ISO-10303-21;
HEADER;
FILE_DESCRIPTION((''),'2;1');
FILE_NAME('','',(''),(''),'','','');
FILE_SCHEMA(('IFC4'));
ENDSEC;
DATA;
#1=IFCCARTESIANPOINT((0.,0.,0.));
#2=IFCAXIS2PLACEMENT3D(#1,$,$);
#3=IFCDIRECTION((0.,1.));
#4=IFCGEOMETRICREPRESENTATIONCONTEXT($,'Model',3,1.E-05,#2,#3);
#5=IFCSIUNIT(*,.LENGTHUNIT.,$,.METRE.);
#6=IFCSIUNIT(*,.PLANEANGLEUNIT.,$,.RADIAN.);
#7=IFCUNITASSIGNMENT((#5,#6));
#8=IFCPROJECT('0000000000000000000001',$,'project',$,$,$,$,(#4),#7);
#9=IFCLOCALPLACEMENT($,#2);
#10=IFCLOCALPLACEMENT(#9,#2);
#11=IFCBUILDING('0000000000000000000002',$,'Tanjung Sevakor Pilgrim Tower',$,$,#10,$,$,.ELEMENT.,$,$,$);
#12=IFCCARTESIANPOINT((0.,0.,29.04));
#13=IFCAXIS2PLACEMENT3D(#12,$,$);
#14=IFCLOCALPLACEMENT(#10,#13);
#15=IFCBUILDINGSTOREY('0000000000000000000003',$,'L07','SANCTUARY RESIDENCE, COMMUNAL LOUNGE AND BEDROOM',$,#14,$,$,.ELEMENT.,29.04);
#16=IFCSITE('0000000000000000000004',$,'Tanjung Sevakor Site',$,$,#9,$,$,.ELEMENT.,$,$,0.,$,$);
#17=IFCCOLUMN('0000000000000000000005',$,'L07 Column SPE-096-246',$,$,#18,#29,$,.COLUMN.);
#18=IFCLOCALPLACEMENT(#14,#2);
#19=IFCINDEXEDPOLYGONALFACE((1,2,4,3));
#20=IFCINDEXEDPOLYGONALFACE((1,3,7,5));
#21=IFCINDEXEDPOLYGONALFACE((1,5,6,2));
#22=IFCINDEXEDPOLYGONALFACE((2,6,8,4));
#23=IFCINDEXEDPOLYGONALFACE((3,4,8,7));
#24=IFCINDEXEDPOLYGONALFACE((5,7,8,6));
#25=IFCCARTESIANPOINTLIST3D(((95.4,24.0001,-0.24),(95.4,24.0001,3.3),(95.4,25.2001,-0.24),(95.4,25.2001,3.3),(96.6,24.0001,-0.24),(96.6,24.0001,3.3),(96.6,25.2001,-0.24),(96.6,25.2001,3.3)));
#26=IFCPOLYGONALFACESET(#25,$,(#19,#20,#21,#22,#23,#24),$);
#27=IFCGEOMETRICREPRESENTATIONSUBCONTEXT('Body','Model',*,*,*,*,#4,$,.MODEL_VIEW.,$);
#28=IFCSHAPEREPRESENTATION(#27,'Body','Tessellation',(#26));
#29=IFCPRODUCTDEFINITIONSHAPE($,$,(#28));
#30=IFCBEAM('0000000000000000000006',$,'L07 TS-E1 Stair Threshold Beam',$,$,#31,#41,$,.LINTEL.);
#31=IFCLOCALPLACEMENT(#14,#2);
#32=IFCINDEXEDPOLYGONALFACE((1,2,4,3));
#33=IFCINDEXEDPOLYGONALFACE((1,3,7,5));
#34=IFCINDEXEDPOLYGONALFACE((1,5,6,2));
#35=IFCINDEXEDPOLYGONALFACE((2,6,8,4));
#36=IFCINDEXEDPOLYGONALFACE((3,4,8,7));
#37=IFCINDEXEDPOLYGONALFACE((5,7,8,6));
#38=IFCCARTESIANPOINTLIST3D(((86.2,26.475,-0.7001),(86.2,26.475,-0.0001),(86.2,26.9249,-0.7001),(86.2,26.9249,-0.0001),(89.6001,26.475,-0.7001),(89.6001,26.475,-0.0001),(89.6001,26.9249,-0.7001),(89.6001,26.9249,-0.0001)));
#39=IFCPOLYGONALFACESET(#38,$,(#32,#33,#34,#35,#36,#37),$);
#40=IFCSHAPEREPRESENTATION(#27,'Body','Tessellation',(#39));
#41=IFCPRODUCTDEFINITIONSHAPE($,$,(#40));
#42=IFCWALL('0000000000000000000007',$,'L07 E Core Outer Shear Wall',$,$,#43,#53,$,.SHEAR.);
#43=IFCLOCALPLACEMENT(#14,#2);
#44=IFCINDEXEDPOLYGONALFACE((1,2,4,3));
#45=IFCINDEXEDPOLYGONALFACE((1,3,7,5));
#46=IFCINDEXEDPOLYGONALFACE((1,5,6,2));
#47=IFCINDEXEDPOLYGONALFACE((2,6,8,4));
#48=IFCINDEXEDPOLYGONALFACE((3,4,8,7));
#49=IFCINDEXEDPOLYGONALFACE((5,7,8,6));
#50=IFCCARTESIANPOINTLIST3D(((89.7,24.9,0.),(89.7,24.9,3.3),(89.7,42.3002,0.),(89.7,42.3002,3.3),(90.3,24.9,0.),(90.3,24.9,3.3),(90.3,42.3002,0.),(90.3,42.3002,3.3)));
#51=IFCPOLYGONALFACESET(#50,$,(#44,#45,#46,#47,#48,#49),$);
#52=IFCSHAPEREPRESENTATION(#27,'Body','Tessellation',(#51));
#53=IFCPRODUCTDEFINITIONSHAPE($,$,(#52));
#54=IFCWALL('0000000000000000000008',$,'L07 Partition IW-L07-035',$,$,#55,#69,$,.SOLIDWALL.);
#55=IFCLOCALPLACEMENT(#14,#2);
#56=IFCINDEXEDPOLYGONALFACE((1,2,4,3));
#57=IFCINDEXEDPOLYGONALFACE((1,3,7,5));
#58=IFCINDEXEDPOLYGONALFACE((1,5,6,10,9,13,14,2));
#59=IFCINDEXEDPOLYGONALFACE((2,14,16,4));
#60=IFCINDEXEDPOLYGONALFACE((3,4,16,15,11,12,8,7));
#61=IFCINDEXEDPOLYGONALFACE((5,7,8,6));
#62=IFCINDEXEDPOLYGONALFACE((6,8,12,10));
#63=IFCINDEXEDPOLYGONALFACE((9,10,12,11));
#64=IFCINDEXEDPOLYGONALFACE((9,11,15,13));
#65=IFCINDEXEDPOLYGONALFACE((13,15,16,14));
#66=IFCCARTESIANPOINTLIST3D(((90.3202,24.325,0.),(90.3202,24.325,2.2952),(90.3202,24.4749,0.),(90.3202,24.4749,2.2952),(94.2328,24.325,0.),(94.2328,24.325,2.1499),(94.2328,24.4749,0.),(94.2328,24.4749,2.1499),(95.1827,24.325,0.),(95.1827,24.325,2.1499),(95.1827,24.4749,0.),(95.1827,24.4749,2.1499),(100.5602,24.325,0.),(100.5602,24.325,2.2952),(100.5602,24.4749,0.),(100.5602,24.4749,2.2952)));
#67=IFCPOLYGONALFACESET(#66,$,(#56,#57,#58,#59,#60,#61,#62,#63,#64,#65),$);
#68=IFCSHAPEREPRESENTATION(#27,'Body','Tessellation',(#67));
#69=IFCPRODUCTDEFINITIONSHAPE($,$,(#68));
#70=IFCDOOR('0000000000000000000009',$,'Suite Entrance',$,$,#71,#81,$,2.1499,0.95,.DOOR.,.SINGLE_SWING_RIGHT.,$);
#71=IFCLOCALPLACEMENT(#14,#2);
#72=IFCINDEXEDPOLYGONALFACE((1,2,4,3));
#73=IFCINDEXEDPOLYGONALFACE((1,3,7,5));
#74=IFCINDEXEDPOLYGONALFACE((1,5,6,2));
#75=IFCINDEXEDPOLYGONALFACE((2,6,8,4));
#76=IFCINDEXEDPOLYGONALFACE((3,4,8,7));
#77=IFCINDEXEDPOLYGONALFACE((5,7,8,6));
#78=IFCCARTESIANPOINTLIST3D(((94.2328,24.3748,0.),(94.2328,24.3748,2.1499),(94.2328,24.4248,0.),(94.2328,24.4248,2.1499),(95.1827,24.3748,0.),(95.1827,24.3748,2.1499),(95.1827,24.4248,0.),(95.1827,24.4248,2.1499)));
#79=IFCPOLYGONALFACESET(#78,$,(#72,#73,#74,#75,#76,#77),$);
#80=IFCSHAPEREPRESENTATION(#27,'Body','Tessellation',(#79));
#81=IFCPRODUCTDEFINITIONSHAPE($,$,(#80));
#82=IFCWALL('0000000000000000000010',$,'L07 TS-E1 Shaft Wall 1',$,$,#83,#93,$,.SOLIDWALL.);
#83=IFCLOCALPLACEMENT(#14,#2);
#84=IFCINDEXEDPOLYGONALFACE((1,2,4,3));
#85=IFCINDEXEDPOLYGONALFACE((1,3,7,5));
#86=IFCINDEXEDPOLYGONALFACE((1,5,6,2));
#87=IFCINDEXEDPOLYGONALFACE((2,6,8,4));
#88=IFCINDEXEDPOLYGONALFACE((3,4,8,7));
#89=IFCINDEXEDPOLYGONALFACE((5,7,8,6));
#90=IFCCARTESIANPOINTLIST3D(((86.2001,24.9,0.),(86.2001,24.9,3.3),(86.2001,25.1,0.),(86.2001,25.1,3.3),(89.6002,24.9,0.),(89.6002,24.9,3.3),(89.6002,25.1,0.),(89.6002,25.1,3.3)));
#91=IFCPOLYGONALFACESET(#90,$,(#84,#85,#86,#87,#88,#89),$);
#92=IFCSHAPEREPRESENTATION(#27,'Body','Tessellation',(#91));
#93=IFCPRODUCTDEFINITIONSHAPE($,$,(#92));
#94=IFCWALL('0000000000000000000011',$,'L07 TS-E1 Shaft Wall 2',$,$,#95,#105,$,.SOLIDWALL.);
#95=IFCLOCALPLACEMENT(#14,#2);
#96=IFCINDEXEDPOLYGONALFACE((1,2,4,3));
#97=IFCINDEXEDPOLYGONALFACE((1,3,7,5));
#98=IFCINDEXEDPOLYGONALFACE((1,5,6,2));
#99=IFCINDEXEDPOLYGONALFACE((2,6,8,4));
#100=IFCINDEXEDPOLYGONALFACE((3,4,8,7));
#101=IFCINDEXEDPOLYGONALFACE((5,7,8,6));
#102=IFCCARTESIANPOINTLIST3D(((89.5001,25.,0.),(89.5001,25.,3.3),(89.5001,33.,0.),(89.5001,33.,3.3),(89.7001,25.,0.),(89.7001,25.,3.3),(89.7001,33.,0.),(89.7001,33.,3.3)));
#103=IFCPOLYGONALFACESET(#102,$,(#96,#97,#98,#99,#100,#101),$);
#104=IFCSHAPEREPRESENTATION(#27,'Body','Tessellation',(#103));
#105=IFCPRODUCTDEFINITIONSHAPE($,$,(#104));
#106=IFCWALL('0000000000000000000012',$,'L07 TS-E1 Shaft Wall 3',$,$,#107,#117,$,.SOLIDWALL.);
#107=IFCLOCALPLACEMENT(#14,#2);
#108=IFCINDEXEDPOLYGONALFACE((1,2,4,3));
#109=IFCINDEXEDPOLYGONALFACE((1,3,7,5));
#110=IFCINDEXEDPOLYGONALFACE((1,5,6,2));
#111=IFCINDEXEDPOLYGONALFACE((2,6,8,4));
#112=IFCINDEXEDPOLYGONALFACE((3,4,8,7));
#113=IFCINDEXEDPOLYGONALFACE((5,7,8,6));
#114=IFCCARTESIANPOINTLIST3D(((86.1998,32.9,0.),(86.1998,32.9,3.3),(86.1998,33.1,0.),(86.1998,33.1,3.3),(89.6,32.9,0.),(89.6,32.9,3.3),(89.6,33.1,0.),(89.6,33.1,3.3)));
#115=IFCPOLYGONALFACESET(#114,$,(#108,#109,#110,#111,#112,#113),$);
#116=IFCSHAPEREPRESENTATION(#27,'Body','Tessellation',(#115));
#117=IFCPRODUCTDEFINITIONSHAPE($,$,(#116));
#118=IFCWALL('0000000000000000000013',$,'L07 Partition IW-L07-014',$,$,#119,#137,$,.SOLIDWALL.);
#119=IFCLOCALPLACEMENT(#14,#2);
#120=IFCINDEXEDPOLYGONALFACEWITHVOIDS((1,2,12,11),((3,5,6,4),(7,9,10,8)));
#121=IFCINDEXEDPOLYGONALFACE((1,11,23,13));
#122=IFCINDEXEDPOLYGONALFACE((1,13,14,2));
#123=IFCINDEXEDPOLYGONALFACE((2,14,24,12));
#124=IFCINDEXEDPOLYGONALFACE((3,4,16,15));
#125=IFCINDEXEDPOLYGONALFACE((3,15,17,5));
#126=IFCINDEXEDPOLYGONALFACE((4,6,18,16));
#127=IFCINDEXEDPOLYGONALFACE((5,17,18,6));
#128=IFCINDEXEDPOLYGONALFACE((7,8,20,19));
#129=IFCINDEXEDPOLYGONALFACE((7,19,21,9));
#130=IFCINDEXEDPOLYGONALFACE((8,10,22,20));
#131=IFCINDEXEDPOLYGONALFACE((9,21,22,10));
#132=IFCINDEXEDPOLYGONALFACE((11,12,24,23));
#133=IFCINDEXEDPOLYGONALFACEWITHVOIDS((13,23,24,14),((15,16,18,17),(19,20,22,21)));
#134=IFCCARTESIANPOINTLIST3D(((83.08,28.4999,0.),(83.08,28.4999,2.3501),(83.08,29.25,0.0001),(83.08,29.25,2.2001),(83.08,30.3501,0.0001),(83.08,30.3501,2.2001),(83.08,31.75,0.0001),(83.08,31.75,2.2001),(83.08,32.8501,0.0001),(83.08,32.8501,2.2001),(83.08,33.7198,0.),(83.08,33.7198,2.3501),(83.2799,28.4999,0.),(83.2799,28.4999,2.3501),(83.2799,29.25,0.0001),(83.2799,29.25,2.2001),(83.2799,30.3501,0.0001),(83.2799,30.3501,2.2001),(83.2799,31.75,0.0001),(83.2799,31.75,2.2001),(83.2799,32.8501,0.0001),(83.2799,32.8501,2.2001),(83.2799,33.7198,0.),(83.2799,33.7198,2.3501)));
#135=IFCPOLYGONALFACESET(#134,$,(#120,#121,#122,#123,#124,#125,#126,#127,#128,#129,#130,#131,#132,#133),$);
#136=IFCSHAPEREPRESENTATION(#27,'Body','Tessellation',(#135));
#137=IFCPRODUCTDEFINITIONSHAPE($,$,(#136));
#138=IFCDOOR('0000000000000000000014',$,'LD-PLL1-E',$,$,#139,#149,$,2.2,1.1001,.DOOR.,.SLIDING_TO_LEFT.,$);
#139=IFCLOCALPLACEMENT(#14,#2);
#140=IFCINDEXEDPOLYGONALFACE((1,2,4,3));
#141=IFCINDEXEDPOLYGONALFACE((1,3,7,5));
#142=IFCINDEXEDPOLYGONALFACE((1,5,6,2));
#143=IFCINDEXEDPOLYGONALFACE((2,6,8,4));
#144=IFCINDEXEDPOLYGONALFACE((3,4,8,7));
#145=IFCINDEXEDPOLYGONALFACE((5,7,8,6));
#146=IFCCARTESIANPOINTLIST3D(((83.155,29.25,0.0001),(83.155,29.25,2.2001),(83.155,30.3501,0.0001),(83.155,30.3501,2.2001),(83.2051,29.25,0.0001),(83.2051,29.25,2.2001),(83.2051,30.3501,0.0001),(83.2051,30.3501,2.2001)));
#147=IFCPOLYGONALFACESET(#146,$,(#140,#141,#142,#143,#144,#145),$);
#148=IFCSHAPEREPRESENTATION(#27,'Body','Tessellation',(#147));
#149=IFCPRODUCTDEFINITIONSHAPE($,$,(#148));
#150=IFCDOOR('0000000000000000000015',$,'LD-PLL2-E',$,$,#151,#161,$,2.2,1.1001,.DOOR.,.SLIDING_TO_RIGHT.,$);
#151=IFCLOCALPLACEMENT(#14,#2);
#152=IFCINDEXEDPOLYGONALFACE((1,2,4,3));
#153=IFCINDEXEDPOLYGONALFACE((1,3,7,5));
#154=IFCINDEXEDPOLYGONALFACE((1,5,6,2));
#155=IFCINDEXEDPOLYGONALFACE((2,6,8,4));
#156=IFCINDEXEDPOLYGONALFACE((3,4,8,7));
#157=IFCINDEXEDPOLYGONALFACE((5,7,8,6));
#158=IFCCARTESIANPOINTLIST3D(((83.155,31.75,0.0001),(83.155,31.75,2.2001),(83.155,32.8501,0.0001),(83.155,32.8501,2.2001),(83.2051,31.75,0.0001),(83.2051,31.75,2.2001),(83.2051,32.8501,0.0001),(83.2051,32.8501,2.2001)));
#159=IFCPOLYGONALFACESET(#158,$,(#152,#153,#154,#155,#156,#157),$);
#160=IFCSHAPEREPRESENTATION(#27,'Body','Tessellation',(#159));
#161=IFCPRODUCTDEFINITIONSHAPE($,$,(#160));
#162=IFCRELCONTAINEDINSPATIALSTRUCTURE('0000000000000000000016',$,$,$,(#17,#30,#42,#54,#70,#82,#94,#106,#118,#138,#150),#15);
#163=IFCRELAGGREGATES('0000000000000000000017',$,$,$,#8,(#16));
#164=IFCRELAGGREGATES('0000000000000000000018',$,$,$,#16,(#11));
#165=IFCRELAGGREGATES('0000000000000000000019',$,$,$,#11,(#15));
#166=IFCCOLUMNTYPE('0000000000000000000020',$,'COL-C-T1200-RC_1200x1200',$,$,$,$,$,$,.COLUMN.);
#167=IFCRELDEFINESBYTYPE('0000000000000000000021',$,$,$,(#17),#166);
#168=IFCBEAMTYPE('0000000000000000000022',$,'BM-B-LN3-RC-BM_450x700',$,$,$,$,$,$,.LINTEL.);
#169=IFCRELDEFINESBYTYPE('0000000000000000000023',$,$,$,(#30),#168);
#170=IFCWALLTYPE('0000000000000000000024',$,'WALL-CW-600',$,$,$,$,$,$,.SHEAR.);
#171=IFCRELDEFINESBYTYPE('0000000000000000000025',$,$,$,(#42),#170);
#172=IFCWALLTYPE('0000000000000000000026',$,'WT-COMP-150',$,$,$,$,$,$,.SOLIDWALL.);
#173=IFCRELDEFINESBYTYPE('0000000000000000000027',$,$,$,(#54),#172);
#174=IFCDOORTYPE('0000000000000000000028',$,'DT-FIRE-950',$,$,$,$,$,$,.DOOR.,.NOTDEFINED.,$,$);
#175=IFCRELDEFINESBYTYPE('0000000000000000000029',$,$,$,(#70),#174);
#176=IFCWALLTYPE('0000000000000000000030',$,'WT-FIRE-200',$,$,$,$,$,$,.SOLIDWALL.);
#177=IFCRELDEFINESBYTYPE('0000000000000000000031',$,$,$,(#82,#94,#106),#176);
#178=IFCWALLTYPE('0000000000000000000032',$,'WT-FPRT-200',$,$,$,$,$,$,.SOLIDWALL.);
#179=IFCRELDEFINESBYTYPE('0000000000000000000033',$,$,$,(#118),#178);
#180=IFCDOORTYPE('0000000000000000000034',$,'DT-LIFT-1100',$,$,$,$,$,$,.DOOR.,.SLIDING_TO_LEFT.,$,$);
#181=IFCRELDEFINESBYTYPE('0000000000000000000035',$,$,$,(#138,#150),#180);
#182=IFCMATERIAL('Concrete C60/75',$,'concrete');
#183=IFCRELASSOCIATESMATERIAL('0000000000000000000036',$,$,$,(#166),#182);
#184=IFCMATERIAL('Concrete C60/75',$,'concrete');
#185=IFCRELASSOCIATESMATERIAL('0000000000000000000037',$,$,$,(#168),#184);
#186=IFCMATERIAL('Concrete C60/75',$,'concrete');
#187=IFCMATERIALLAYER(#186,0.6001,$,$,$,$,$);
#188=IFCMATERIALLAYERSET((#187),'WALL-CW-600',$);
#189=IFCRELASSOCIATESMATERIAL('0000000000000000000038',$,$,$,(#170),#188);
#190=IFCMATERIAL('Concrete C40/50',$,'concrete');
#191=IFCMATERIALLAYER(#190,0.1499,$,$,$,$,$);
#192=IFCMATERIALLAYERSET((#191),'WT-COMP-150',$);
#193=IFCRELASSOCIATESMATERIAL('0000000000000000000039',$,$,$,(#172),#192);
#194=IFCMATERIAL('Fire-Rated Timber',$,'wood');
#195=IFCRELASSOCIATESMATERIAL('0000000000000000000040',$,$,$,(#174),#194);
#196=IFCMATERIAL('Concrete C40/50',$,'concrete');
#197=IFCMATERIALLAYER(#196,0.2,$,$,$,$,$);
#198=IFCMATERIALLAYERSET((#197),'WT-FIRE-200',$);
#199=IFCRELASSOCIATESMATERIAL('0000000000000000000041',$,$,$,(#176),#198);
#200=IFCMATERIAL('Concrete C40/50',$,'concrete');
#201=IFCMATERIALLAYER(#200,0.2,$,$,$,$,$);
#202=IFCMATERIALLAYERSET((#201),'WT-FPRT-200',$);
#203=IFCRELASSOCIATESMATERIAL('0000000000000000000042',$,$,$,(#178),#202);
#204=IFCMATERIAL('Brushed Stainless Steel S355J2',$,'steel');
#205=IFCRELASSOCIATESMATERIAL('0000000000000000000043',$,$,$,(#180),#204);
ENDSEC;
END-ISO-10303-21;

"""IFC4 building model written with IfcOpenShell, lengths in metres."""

from ifc_helpers import new_model, si_unit, direction, frame, frame_2d, origin, origin_2d, place, context, subcontext, project, spatial, rectangle, extrude, material, layer, layer_set, material_profile, profile_set, type_object, element, fill, save


model = new_model("IFC4")

# Units and contexts
model_context = context("Model", 3, precision=1e-05, world=origin(), true_north=direction((0.0, 1.0)))
body_context = subcontext(model_context, "Body", "Model", "MODEL_VIEW")
ifc_project = project(units=[si_unit("LENGTHUNIT", "METRE"), si_unit("PLANEANGLEUNIT", "RADIAN")], contexts=[model_context])

# Site, building, storey
site_placement = place(None, origin())
site = spatial("IfcSite", under=ifc_project, at=site_placement, Name="Tanjung Sevakor Site", CompositionType="ELEMENT", RefElevation=0.0)
building_placement = place(site_placement, origin())
building = spatial("IfcBuilding", under=site, at=building_placement, Name="Tanjung Sevakor Pilgrim Tower", CompositionType="ELEMENT")
storey_placement = place(building_placement, frame((0.0, 0.0, 29.04)))
storey = spatial("IfcBuildingStorey", under=building, at=storey_placement, Name="L07", Description="SANCTUARY RESIDENCE, COMMUNAL LOUNGE AND BEDROOM", CompositionType="ELEMENT", Elevation=29.04)

# Column
ifc_material_1 = material(Name="Concrete C60/75", Category="concrete")
ifc_material_profile_1 = material_profile(ifc_material_1, rectangle(XDim=1.2, YDim=1.2, at=origin_2d()))
ifc_profile_set_1 = profile_set([ifc_material_profile_1], Name="Concrete C60/75")
column_type = type_object("IfcColumnType", Name="COL-C-T1200-RC_1200x1200", PredefinedType="COLUMN", material=ifc_profile_set_1)
column_placement = place(storey_placement, frame((96.0, 24.6001, -0.24), z_axis=(0.0, 0.0, 1.0), x_axis=(1.0, 0.0, 0.0)))
element("IfcColumn", 1, at=column_placement, inside=storey, type_object=column_type, Name="L07 Column SPE-096-246", PredefinedType="COLUMN", context=body_context, shape_type="SweptSolid", body=[
    extrude(rectangle(XDim=1.2, YDim=1.2, at=origin_2d()), origin(), (0.0, 0.0, 1.0), 3.54),
])

# Beam
ifc_material_2 = material(Name="Concrete C60/75", Category="concrete")
ifc_material_profile_2 = material_profile(ifc_material_2, rectangle(XDim=0.45, YDim=0.7, at=origin_2d()))
ifc_profile_set_2 = profile_set([ifc_material_profile_2], Name="Concrete C60/75")
beam_type = type_object("IfcBeamType", Name="BM-B-LN3-RC-BM_450x700", PredefinedType="LINTEL", material=ifc_profile_set_2)
beam_placement = place(storey_placement, frame((86.2, 26.7, -0.3501), z_axis=(1.0, 0.0, 0.0), x_axis=(0.0, 1.0, 0.0)))
element("IfcBeam", 2, at=beam_placement, inside=storey, type_object=beam_type, Name="L07 TS-E1 Stair Threshold Beam", PredefinedType="LINTEL", context=body_context, shape_type="SweptSolid", body=[
    extrude(rectangle(XDim=0.45, YDim=0.7, at=origin_2d()), origin(), (0.0, 0.0, 1.0), 3.4001),
])

# Wall
ifc_material_3 = material(Name="Concrete C60/75", Category="concrete")
ifc_layer_1 = layer(ifc_material_3, 0.6001)
ifc_layer_set_1 = layer_set([ifc_layer_1], Name="WALL-CW-600")
wall_type_1 = type_object("IfcWallType", Name="WALL-CW-600", PredefinedType="SHEAR", material=ifc_layer_set_1)
wall_1_placement = place(storey_placement, frame((90.0, 24.8999, 0.0), z_axis=(0.0, 0.0, 1.0), x_axis=(0.0, 1.0, 0.0)))
element("IfcWall", 3, at=wall_1_placement, inside=storey, type_object=wall_type_1, Name="L07 E Core Outer Shear Wall", PredefinedType="SHEAR", context=body_context, shape_type="SweptSolid", body=[
    extrude(rectangle(XDim=17.4001, YDim=0.6001, at=frame_2d((8.7002, 0.0))), origin(), (0.0, 0.0, 1.0), 3.3),
])

# Wall, opening, door
ifc_material_4 = material(Name="Concrete C40/50", Category="concrete")
ifc_layer_2 = layer(ifc_material_4, 0.1499)
ifc_layer_set_2 = layer_set([ifc_layer_2], Name="WT-COMP-150")
wall_type_2 = type_object("IfcWallType", Name="WT-COMP-150", PredefinedType="SOLIDWALL", material=ifc_layer_set_2)
wall_2_placement = place(storey_placement, frame((90.3201, 24.3999, 0.0), z_axis=(0.0, 0.0, 1.0), x_axis=(1.0, 0.0, 0.0)))
wall_2 = element("IfcWall", 4, at=wall_2_placement, inside=storey, type_object=wall_type_2, Name="L07 Partition IW-L07-035", PredefinedType="SOLIDWALL", context=body_context, shape_type="SweptSolid", body=[
    extrude(rectangle(XDim=10.24, YDim=0.1499, at=frame_2d((5.1201, 0.0))), origin(), (0.0, 0.0, 1.0), 2.2952),
])
opening_1_placement = place(wall_2_placement, frame((3.9126, 0.0, 0.0)))
opening_1 = element("IfcOpeningElement", 5, at=opening_1_placement, cuts=wall_2, PredefinedType="OPENING", context=body_context, shape_type="SweptSolid", body=[
    extrude(rectangle(XDim=0.95, YDim=2.1499, at=frame_2d((0.4751, 1.075))), frame((0.0, 0.085, 0.0), z_axis=(0.0, -1.0, 0.0), x_axis=(1.0, 0.0, 0.0)), (0.0, 0.0, 1.0), 0.1699),
])
ifc_material_5 = material(Name="Fire-Rated Timber", Category="wood")
door_type_1 = type_object("IfcDoorType", Name="DT-FIRE-950", OperationType="NOTDEFINED", PredefinedType="DOOR", material=ifc_material_5)
door_1_placement = place(opening_1_placement, origin())
door_1 = element("IfcDoor", 6, at=door_1_placement, inside=storey, type_object=door_type_1, Name="Suite Entrance", OperationType="SINGLE_SWING_RIGHT", OverallHeight=2.1499, OverallWidth=0.95, PredefinedType="DOOR", context=body_context, shape_type="SweptSolid", body=[
    extrude(rectangle(XDim=0.95, YDim=2.1499, at=frame_2d((0.4751, 1.075))), frame((0.0, 0.0249, 0.0), z_axis=(0.0, -1.0, 0.0), x_axis=(1.0, 0.0, 0.0)), (0.0, 0.0, 1.0), 0.05),
])
fill(opening_1, door_1)

# Walls
ifc_material_6 = material(Name="Concrete C40/50", Category="concrete")
ifc_layer_3 = layer(ifc_material_6, 0.2)
ifc_layer_set_3 = layer_set([ifc_layer_3], Name="WT-FIRE-200")
wall_type_3 = type_object("IfcWallType", Name="WT-FIRE-200", PredefinedType="SOLIDWALL", material=ifc_layer_set_3)
wall_3_placement = place(storey_placement, frame((86.2, 25.0, 0.0), z_axis=(0.0, 0.0, 1.0), x_axis=(1.0, 0.0, 0.0)))
element("IfcWall", 7, at=wall_3_placement, inside=storey, type_object=wall_type_3, Name="L07 TS-E1 Shaft Wall 1", PredefinedType="SOLIDWALL", context=body_context, shape_type="SweptSolid", body=[
    extrude(rectangle(XDim=3.4001, YDim=0.2, at=frame_2d((1.7002, 0.0))), origin(), (0.0, 0.0, 1.0), 3.3),
])
wall_4_placement = place(storey_placement, frame((89.6001, 25.0, 0.0), z_axis=(0.0, 0.0, 1.0), x_axis=(0.0, 1.0, 0.0)))
element("IfcWall", 8, at=wall_4_placement, inside=storey, type_object=wall_type_3, Name="L07 TS-E1 Shaft Wall 2", PredefinedType="SOLIDWALL", context=body_context, shape_type="SweptSolid", body=[
    extrude(rectangle(XDim=8.0, YDim=0.2, at=frame_2d((4.0, 0.0))), origin(), (0.0, 0.0, 1.0), 3.3),
])
wall_5_placement = place(storey_placement, frame((89.6001, 33.0, 0.0), z_axis=(0.0, 0.0, 1.0), x_axis=(-1.0, 0.0, 0.0)))
element("IfcWall", 9, at=wall_5_placement, inside=storey, type_object=wall_type_3, Name="L07 TS-E1 Shaft Wall 3", PredefinedType="SOLIDWALL", context=body_context, shape_type="SweptSolid", body=[
    extrude(rectangle(XDim=3.4001, YDim=0.2, at=frame_2d((1.7002, 0.0))), origin(), (0.0, 0.0, 1.0), 3.3),
])

# Wall, openings, doors
ifc_material_7 = material(Name="Concrete C40/50", Category="concrete")
ifc_layer_4 = layer(ifc_material_7, 0.2)
ifc_layer_set_4 = layer_set([ifc_layer_4], Name="WT-FPRT-200")
wall_type_4 = type_object("IfcWallType", Name="WT-FPRT-200", PredefinedType="SOLIDWALL", material=ifc_layer_set_4)
wall_6_placement = place(storey_placement, frame((83.1799, 28.5, 0.0), z_axis=(0.0, 0.0, 1.0), x_axis=(0.0, 1.0, 0.0)))
wall_6 = element("IfcWall", 10, at=wall_6_placement, inside=storey, type_object=wall_type_4, Name="L07 Partition IW-L07-014", PredefinedType="SOLIDWALL", context=body_context, shape_type="SweptSolid", body=[
    extrude(rectangle(XDim=5.22, YDim=0.2, at=frame_2d((2.6099, 0.0))), origin(), (0.0, 0.0, 1.0), 2.3501),
])
opening_2_placement = place(wall_6_placement, frame((0.75, 0.0, 0.0)))
opening_2 = element("IfcOpeningElement", 11, at=opening_2_placement, cuts=wall_6, PredefinedType="OPENING", context=body_context, shape_type="SweptSolid", body=[
    extrude(rectangle(XDim=1.1001, YDim=2.2, at=frame_2d((0.55, 1.1001))), frame((0.0, 0.1099, 0.0), z_axis=(0.0, -1.0, 0.0), x_axis=(1.0, 0.0, 0.0)), (0.0, 0.0, 1.0), 0.22),
])
opening_3_placement = place(wall_6_placement, frame((3.25, 0.0, 0.0)))
opening_3 = element("IfcOpeningElement", 12, at=opening_3_placement, cuts=wall_6, PredefinedType="OPENING", context=body_context, shape_type="SweptSolid", body=[
    extrude(rectangle(XDim=1.1001, YDim=2.2, at=frame_2d((0.55, 1.1001))), frame((0.0, 0.1099, 0.0), z_axis=(0.0, -1.0, 0.0), x_axis=(1.0, 0.0, 0.0)), (0.0, 0.0, 1.0), 0.22),
])
ifc_material_8 = material(Name="Brushed Stainless Steel S355J2", Category="steel")
door_type_2 = type_object("IfcDoorType", Name="DT-LIFT-1100", OperationType="SLIDING_TO_LEFT", PredefinedType="DOOR", material=ifc_material_8)
door_2_placement = place(opening_2_placement, origin())
door_2 = element("IfcDoor", 13, at=door_2_placement, inside=storey, type_object=door_type_2, Name="LD-PLL1-E", OperationType="SLIDING_TO_LEFT", OverallHeight=2.2, OverallWidth=1.1001, PredefinedType="DOOR", context=body_context, shape_type="SweptSolid", body=[
    extrude(rectangle(XDim=1.1001, YDim=2.2, at=frame_2d((0.55, 1.1001))), frame((0.0, 0.0249, 0.0), z_axis=(0.0, -1.0, 0.0), x_axis=(1.0, 0.0, 0.0)), (0.0, 0.0, 1.0), 0.05),
])
fill(opening_2, door_2)
door_3_placement = place(opening_3_placement, origin())
door_3 = element("IfcDoor", 14, at=door_3_placement, inside=storey, type_object=door_type_2, Name="LD-PLL2-E", OperationType="SLIDING_TO_RIGHT", OverallHeight=2.2, OverallWidth=1.1001, PredefinedType="DOOR", context=body_context, shape_type="SweptSolid", body=[
    extrude(rectangle(XDim=1.1001, YDim=2.2, at=frame_2d((0.55, 1.1001))), frame((0.0, 0.0249, 0.0), z_axis=(0.0, -1.0, 0.0), x_axis=(1.0, 0.0, 0.0)), (0.0, 0.0, 1.0), 0.05),
])
fill(opening_3, door_3)

save(model, "model.ifc")
